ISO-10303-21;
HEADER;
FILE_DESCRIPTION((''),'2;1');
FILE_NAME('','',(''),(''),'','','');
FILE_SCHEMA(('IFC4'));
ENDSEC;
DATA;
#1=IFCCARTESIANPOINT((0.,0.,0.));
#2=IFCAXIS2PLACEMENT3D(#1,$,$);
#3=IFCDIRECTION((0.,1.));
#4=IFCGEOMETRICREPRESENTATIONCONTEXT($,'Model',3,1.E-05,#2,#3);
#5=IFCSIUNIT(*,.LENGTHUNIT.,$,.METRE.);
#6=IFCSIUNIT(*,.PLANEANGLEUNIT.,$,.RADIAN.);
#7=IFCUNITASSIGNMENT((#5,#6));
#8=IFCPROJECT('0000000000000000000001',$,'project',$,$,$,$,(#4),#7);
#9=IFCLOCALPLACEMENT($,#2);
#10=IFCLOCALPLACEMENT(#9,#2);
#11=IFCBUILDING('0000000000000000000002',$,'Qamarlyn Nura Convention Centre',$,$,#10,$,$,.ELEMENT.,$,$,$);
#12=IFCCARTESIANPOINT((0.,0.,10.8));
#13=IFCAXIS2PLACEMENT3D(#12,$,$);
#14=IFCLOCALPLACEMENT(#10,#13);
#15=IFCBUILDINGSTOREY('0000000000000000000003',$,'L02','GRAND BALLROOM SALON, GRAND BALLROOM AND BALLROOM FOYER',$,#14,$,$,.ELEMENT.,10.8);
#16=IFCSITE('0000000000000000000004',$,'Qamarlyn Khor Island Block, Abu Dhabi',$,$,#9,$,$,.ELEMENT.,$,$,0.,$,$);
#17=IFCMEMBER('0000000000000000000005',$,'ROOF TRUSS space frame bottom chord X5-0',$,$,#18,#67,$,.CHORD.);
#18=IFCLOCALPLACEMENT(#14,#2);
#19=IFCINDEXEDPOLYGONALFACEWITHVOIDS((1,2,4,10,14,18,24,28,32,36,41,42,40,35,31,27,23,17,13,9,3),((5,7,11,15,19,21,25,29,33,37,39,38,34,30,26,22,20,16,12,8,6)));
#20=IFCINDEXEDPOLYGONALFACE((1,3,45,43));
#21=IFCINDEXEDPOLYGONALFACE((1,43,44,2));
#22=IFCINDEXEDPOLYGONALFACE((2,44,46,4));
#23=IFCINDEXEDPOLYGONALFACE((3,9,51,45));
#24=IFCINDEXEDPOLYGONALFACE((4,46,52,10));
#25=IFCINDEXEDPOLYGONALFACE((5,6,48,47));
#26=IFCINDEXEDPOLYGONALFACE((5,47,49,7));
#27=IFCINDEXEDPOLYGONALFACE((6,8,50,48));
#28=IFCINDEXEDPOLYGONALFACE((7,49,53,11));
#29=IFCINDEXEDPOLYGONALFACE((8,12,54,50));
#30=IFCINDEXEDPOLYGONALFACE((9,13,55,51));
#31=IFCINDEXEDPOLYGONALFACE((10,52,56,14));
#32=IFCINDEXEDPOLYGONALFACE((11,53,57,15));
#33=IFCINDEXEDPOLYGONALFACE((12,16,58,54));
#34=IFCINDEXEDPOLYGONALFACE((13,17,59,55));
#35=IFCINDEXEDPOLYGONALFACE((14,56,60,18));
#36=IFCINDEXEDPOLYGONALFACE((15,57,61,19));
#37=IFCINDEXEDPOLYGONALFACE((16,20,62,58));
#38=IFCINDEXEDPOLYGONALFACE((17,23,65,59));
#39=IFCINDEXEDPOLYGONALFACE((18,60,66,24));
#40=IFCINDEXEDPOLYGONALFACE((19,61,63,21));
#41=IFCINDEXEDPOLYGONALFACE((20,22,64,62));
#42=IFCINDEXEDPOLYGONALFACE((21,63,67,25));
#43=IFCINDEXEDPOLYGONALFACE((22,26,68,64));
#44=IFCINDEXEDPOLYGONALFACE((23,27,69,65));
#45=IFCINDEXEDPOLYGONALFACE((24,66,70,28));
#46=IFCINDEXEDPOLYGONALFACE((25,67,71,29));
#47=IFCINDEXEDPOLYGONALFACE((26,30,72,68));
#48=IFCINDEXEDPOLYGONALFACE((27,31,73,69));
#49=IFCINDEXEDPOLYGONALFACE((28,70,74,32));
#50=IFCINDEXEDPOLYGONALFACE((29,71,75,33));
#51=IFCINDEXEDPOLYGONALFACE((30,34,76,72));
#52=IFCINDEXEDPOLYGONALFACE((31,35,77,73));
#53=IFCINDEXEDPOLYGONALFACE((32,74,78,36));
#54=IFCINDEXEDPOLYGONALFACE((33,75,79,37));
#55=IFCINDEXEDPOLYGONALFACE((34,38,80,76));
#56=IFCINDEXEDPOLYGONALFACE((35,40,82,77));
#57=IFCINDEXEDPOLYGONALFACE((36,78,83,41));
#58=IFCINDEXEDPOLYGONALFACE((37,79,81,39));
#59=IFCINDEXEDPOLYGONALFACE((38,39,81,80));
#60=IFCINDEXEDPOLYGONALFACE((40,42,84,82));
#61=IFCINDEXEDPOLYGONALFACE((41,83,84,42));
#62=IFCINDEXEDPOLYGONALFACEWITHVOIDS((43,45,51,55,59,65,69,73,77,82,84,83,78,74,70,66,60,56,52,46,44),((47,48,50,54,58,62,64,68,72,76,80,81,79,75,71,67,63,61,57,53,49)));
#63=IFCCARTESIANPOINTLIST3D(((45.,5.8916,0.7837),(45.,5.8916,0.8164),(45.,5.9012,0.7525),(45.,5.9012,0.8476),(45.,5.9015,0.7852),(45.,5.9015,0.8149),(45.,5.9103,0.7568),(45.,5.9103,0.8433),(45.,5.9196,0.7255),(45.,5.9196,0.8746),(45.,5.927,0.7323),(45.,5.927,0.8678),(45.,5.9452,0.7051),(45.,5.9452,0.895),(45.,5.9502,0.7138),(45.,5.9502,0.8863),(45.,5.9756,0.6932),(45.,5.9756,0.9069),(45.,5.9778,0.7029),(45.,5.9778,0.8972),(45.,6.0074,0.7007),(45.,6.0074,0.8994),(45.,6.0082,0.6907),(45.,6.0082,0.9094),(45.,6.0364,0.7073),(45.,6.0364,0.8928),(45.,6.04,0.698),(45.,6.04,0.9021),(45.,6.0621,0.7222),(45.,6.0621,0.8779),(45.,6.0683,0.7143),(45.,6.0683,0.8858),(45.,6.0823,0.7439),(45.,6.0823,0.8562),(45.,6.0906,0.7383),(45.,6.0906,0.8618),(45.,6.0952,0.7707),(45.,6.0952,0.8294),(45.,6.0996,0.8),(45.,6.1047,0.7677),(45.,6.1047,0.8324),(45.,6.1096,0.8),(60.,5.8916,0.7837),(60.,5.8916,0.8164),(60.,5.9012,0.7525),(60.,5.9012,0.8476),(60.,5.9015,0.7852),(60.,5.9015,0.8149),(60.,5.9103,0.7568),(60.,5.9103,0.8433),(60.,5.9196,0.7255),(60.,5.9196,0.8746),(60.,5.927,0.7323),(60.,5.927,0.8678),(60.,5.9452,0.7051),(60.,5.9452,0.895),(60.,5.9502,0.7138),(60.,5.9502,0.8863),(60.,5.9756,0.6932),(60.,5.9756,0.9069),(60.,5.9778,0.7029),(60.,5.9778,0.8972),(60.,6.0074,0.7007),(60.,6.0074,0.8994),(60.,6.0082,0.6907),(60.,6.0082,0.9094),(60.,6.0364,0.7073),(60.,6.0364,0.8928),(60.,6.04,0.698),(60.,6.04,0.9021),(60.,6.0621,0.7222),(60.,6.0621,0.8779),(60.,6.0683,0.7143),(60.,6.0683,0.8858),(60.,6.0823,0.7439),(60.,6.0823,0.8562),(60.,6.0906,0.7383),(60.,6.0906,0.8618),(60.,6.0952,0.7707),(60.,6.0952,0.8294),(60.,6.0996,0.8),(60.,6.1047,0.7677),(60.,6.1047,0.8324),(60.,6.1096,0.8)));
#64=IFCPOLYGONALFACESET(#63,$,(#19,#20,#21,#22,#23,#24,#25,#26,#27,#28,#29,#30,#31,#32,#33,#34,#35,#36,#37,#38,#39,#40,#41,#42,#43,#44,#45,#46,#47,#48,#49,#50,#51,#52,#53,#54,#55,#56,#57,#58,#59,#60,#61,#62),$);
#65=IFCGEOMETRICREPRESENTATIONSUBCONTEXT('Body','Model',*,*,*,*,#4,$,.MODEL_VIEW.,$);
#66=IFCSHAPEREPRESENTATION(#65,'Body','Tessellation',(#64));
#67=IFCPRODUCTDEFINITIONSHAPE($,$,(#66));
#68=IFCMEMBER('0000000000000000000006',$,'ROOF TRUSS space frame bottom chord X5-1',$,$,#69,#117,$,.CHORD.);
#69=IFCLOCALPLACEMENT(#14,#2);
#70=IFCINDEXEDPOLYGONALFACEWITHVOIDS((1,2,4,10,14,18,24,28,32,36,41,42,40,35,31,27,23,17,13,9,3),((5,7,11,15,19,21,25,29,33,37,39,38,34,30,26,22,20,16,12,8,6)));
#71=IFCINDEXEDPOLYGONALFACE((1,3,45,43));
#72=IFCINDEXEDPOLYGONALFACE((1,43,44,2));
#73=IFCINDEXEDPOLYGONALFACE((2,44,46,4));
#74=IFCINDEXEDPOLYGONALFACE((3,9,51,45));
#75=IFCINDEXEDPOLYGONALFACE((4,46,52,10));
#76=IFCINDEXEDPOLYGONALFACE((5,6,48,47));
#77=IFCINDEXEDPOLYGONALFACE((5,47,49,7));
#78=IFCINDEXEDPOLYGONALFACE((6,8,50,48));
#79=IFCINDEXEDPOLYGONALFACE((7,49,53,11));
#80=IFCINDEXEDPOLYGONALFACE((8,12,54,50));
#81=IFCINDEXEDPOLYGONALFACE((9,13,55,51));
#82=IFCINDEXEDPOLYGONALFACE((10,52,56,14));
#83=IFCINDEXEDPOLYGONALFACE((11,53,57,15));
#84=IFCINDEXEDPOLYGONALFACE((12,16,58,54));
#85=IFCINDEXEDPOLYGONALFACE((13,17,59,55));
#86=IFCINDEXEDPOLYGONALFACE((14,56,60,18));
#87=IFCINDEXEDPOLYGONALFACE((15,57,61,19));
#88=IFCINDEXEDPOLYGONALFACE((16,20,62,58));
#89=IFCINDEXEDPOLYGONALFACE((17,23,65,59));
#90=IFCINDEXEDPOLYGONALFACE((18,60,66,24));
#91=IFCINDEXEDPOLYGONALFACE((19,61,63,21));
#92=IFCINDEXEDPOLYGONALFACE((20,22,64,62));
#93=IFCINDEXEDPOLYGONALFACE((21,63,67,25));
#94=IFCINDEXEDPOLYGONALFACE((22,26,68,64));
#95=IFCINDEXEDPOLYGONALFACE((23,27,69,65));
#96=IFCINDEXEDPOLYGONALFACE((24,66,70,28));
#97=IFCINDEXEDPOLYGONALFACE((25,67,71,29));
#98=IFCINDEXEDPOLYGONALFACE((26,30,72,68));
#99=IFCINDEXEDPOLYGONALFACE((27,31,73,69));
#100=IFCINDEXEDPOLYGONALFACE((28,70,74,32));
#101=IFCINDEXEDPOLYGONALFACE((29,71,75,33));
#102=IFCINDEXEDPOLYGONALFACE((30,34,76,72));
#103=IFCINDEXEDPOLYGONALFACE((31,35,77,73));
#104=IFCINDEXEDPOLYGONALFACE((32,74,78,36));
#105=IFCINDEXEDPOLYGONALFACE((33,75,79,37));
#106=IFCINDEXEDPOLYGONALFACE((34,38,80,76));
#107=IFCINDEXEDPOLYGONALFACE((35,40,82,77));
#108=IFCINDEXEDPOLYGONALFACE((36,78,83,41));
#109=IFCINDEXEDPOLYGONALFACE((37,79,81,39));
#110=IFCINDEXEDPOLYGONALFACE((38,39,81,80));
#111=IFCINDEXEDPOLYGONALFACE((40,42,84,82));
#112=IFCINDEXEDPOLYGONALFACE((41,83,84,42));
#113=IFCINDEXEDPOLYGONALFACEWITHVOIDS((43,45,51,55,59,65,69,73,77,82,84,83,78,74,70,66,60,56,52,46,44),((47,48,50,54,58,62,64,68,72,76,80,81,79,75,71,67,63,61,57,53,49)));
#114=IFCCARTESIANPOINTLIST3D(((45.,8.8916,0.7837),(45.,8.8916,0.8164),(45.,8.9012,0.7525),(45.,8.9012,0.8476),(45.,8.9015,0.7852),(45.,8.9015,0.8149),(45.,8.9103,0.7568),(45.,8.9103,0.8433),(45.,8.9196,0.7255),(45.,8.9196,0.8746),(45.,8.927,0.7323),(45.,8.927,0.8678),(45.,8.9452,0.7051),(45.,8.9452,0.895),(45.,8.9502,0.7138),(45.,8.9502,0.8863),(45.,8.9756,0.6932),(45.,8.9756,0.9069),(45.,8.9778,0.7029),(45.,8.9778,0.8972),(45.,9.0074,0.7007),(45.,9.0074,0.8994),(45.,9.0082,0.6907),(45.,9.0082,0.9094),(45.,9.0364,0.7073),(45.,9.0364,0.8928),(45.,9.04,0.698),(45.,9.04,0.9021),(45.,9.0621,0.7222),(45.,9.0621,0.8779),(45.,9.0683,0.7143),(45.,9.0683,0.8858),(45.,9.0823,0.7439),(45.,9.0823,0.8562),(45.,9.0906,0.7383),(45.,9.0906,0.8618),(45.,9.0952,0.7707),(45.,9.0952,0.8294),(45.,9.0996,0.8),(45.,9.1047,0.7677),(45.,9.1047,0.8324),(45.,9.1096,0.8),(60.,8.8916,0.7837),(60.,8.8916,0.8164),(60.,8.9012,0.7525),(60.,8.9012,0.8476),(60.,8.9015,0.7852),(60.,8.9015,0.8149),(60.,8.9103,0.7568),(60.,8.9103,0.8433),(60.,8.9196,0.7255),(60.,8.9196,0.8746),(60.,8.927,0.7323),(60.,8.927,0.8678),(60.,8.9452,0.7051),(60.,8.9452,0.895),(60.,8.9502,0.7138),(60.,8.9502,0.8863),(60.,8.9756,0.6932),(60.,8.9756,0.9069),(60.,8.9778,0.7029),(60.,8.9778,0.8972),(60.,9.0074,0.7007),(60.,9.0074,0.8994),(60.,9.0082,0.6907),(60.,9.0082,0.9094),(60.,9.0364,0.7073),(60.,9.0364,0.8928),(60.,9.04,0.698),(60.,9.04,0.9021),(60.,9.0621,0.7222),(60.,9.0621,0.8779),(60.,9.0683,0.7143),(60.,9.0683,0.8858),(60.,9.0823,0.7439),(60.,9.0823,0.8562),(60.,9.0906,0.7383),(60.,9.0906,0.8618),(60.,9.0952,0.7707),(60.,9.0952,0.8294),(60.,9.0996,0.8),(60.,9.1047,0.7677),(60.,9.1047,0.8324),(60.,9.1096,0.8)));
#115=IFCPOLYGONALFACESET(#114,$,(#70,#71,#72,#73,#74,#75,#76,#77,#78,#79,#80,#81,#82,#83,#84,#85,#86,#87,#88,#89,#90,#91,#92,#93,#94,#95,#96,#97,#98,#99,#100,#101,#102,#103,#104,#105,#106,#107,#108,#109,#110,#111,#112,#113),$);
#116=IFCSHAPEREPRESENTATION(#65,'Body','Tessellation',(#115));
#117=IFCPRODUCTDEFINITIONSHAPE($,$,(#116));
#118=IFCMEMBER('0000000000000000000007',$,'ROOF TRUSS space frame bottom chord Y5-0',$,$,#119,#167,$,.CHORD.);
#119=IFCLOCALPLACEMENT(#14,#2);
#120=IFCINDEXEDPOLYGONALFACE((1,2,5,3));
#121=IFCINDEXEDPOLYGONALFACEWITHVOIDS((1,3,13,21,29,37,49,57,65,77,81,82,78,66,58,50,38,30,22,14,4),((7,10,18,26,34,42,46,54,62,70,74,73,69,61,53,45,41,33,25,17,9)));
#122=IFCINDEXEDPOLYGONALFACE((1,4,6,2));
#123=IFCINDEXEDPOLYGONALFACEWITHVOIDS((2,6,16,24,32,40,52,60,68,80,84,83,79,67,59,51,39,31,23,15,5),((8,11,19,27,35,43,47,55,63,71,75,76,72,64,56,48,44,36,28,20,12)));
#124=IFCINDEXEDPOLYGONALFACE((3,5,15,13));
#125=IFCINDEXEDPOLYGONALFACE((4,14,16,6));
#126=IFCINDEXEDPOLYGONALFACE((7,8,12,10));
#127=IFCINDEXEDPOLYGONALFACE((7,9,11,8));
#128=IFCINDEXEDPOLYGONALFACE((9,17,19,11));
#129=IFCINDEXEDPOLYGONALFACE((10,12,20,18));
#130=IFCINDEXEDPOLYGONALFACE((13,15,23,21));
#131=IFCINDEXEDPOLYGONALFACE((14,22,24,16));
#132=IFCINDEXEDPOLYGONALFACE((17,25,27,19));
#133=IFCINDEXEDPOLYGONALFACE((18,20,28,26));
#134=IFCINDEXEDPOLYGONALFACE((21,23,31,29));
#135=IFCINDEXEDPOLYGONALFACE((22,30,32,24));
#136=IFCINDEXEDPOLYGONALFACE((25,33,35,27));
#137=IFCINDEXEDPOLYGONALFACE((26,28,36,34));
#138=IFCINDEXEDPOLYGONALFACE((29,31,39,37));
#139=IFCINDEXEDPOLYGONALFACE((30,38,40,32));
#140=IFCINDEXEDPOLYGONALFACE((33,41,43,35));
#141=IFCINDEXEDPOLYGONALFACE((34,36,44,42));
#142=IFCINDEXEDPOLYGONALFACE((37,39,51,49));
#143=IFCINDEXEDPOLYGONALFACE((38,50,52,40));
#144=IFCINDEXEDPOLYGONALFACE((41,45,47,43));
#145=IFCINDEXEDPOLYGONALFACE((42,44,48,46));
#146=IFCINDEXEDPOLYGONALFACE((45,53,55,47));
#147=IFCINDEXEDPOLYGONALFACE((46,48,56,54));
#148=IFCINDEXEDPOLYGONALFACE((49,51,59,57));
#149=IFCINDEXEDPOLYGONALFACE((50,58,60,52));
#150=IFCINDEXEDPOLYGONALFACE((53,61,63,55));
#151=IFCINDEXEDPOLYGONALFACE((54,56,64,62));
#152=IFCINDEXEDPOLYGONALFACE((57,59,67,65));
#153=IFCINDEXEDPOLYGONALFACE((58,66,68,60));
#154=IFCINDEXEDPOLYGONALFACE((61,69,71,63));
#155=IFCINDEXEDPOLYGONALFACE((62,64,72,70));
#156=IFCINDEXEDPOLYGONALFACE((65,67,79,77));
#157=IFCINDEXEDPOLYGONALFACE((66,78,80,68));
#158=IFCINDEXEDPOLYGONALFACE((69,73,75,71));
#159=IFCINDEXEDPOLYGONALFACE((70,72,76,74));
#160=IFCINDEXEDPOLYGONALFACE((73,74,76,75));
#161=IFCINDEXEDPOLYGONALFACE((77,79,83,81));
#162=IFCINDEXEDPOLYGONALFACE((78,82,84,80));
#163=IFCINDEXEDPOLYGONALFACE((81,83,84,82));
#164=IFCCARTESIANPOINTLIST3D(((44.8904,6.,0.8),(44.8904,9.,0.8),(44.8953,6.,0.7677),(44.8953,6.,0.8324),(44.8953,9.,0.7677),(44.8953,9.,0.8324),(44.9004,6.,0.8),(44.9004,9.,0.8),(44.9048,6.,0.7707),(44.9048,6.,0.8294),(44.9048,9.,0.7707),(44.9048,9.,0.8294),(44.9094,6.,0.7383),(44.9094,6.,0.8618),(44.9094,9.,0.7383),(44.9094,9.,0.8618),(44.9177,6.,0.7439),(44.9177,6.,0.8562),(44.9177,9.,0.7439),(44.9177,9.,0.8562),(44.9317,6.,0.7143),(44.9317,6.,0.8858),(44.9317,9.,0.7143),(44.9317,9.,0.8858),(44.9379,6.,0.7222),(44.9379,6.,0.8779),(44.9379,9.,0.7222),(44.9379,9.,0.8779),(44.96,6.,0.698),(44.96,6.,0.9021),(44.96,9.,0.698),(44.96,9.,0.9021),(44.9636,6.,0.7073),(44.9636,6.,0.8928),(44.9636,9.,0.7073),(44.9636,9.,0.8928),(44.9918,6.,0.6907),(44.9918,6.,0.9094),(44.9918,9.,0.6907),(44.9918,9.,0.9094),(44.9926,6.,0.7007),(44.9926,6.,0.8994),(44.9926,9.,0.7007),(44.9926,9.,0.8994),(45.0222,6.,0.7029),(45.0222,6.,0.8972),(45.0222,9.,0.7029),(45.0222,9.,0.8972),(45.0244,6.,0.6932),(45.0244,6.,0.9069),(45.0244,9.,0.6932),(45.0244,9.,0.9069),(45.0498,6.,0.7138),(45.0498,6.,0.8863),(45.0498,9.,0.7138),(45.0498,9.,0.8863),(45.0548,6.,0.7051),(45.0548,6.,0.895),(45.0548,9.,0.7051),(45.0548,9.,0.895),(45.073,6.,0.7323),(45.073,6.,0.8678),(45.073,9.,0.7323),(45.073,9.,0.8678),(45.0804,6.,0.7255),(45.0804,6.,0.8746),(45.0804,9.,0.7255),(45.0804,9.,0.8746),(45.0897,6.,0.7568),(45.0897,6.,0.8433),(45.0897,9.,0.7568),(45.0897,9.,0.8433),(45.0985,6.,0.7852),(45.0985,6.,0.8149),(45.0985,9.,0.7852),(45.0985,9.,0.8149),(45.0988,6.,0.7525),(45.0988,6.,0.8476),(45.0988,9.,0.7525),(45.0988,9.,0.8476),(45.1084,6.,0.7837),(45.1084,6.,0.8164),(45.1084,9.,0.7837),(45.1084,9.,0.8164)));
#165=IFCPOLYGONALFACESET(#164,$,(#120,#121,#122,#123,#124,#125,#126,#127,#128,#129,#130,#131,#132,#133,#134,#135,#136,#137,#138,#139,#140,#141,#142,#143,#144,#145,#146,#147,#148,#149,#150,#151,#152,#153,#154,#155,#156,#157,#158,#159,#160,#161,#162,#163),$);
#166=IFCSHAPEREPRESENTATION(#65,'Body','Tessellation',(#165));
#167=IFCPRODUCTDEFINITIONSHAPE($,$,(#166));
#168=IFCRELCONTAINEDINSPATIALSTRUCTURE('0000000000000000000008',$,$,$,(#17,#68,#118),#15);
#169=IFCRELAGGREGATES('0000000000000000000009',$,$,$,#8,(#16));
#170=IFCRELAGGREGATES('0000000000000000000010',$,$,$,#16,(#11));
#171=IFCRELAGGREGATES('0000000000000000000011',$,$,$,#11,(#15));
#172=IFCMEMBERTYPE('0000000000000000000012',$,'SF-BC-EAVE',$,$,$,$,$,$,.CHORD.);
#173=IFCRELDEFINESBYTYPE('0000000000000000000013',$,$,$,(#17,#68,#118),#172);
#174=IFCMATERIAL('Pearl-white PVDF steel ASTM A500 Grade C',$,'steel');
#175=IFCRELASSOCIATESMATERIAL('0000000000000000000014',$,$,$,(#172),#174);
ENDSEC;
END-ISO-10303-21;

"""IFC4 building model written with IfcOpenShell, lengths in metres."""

from ifc_helpers import new_model, si_unit, direction, frame, origin, origin_2d, place, context, subcontext, project, spatial, hollow_circle, extrude, material, material_profile, profile_set, type_object, element, save


model = new_model("IFC4")

# Units and contexts
model_context = context("Model", 3, precision=1e-05, world=origin(), true_north=direction((0.0, 1.0)))
body_context = subcontext(model_context, "Body", "Model", "MODEL_VIEW")
ifc_project = project(units=[si_unit("LENGTHUNIT", "METRE"), si_unit("PLANEANGLEUNIT", "RADIAN")], contexts=[model_context])

# Site, building, storey
site_placement = place(None, origin())
site = spatial("IfcSite", under=ifc_project, at=site_placement, Name="Qamarlyn Khor Island Block, Abu Dhabi", CompositionType="ELEMENT", RefElevation=0.0)
building_placement = place(site_placement, origin())
building = spatial("IfcBuilding", under=site, at=building_placement, Name="Qamarlyn Nura Convention Centre", CompositionType="ELEMENT")
storey_placement = place(building_placement, frame((0.0, 0.0, 10.8)))
storey = spatial("IfcBuildingStorey", under=building, at=storey_placement, Name="L02", Description="GRAND BALLROOM SALON, GRAND BALLROOM AND BALLROOM FOYER", CompositionType="ELEMENT", Elevation=10.8)

# Members
ifc_material_1 = material(Name="Pearl-white PVDF steel ASTM A500 Grade C", Category="steel")
ifc_material_profile_1 = material_profile(ifc_material_1, hollow_circle(Radius=0.1096, WallThickness=0.01, at=origin_2d()), Name="CHS219.1X10")
ifc_profile_set_1 = profile_set([ifc_material_profile_1], Name="Pearl-white PVDF steel ASTM A500 Grade C")
member_type_1 = type_object("IfcMemberType", Name="SF-BC-EAVE", PredefinedType="CHORD", material=ifc_profile_set_1)
for number, where, z_axis, x_axis, name in (
    (1, (45.0, 6.0, 0.8), (1.0, 0.0, 0.0), (0.0, 1.0, 0.0), "ROOF TRUSS space frame bottom chord X5-0"),
    (2, (45.0, 9.0, 0.8), (1.0, 0.0, 0.0), (0.0, 1.0, 0.0), "ROOF TRUSS space frame bottom chord X5-1"),
):
    element("IfcMember", number, at=place(storey_placement, frame(where, z_axis=z_axis, x_axis=x_axis)), inside=storey, type_object=member_type_1, Name=name, PredefinedType="CHORD", context=body_context, shape_type="SweptSolid", body=[
        extrude(hollow_circle(Radius=0.1096, WallThickness=0.01, at=origin_2d()), origin(), (0.0, 0.0, 1.0), 15.0),
    ])
member_1_placement = place(storey_placement, frame((45.0, 6.0, 0.8), z_axis=(0.0, 1.0, 0.0), x_axis=(-1.0, 0.0, 0.0)))
element("IfcMember", 3, at=member_1_placement, inside=storey, type_object=member_type_1, Name="ROOF TRUSS space frame bottom chord Y5-0", PredefinedType="CHORD", context=body_context, shape_type="SweptSolid", body=[
    extrude(hollow_circle(Radius=0.1096, WallThickness=0.01, at=origin_2d()), origin(), (0.0, 0.0, 1.0), 3.0),
])

save(model, "model.ifc")
